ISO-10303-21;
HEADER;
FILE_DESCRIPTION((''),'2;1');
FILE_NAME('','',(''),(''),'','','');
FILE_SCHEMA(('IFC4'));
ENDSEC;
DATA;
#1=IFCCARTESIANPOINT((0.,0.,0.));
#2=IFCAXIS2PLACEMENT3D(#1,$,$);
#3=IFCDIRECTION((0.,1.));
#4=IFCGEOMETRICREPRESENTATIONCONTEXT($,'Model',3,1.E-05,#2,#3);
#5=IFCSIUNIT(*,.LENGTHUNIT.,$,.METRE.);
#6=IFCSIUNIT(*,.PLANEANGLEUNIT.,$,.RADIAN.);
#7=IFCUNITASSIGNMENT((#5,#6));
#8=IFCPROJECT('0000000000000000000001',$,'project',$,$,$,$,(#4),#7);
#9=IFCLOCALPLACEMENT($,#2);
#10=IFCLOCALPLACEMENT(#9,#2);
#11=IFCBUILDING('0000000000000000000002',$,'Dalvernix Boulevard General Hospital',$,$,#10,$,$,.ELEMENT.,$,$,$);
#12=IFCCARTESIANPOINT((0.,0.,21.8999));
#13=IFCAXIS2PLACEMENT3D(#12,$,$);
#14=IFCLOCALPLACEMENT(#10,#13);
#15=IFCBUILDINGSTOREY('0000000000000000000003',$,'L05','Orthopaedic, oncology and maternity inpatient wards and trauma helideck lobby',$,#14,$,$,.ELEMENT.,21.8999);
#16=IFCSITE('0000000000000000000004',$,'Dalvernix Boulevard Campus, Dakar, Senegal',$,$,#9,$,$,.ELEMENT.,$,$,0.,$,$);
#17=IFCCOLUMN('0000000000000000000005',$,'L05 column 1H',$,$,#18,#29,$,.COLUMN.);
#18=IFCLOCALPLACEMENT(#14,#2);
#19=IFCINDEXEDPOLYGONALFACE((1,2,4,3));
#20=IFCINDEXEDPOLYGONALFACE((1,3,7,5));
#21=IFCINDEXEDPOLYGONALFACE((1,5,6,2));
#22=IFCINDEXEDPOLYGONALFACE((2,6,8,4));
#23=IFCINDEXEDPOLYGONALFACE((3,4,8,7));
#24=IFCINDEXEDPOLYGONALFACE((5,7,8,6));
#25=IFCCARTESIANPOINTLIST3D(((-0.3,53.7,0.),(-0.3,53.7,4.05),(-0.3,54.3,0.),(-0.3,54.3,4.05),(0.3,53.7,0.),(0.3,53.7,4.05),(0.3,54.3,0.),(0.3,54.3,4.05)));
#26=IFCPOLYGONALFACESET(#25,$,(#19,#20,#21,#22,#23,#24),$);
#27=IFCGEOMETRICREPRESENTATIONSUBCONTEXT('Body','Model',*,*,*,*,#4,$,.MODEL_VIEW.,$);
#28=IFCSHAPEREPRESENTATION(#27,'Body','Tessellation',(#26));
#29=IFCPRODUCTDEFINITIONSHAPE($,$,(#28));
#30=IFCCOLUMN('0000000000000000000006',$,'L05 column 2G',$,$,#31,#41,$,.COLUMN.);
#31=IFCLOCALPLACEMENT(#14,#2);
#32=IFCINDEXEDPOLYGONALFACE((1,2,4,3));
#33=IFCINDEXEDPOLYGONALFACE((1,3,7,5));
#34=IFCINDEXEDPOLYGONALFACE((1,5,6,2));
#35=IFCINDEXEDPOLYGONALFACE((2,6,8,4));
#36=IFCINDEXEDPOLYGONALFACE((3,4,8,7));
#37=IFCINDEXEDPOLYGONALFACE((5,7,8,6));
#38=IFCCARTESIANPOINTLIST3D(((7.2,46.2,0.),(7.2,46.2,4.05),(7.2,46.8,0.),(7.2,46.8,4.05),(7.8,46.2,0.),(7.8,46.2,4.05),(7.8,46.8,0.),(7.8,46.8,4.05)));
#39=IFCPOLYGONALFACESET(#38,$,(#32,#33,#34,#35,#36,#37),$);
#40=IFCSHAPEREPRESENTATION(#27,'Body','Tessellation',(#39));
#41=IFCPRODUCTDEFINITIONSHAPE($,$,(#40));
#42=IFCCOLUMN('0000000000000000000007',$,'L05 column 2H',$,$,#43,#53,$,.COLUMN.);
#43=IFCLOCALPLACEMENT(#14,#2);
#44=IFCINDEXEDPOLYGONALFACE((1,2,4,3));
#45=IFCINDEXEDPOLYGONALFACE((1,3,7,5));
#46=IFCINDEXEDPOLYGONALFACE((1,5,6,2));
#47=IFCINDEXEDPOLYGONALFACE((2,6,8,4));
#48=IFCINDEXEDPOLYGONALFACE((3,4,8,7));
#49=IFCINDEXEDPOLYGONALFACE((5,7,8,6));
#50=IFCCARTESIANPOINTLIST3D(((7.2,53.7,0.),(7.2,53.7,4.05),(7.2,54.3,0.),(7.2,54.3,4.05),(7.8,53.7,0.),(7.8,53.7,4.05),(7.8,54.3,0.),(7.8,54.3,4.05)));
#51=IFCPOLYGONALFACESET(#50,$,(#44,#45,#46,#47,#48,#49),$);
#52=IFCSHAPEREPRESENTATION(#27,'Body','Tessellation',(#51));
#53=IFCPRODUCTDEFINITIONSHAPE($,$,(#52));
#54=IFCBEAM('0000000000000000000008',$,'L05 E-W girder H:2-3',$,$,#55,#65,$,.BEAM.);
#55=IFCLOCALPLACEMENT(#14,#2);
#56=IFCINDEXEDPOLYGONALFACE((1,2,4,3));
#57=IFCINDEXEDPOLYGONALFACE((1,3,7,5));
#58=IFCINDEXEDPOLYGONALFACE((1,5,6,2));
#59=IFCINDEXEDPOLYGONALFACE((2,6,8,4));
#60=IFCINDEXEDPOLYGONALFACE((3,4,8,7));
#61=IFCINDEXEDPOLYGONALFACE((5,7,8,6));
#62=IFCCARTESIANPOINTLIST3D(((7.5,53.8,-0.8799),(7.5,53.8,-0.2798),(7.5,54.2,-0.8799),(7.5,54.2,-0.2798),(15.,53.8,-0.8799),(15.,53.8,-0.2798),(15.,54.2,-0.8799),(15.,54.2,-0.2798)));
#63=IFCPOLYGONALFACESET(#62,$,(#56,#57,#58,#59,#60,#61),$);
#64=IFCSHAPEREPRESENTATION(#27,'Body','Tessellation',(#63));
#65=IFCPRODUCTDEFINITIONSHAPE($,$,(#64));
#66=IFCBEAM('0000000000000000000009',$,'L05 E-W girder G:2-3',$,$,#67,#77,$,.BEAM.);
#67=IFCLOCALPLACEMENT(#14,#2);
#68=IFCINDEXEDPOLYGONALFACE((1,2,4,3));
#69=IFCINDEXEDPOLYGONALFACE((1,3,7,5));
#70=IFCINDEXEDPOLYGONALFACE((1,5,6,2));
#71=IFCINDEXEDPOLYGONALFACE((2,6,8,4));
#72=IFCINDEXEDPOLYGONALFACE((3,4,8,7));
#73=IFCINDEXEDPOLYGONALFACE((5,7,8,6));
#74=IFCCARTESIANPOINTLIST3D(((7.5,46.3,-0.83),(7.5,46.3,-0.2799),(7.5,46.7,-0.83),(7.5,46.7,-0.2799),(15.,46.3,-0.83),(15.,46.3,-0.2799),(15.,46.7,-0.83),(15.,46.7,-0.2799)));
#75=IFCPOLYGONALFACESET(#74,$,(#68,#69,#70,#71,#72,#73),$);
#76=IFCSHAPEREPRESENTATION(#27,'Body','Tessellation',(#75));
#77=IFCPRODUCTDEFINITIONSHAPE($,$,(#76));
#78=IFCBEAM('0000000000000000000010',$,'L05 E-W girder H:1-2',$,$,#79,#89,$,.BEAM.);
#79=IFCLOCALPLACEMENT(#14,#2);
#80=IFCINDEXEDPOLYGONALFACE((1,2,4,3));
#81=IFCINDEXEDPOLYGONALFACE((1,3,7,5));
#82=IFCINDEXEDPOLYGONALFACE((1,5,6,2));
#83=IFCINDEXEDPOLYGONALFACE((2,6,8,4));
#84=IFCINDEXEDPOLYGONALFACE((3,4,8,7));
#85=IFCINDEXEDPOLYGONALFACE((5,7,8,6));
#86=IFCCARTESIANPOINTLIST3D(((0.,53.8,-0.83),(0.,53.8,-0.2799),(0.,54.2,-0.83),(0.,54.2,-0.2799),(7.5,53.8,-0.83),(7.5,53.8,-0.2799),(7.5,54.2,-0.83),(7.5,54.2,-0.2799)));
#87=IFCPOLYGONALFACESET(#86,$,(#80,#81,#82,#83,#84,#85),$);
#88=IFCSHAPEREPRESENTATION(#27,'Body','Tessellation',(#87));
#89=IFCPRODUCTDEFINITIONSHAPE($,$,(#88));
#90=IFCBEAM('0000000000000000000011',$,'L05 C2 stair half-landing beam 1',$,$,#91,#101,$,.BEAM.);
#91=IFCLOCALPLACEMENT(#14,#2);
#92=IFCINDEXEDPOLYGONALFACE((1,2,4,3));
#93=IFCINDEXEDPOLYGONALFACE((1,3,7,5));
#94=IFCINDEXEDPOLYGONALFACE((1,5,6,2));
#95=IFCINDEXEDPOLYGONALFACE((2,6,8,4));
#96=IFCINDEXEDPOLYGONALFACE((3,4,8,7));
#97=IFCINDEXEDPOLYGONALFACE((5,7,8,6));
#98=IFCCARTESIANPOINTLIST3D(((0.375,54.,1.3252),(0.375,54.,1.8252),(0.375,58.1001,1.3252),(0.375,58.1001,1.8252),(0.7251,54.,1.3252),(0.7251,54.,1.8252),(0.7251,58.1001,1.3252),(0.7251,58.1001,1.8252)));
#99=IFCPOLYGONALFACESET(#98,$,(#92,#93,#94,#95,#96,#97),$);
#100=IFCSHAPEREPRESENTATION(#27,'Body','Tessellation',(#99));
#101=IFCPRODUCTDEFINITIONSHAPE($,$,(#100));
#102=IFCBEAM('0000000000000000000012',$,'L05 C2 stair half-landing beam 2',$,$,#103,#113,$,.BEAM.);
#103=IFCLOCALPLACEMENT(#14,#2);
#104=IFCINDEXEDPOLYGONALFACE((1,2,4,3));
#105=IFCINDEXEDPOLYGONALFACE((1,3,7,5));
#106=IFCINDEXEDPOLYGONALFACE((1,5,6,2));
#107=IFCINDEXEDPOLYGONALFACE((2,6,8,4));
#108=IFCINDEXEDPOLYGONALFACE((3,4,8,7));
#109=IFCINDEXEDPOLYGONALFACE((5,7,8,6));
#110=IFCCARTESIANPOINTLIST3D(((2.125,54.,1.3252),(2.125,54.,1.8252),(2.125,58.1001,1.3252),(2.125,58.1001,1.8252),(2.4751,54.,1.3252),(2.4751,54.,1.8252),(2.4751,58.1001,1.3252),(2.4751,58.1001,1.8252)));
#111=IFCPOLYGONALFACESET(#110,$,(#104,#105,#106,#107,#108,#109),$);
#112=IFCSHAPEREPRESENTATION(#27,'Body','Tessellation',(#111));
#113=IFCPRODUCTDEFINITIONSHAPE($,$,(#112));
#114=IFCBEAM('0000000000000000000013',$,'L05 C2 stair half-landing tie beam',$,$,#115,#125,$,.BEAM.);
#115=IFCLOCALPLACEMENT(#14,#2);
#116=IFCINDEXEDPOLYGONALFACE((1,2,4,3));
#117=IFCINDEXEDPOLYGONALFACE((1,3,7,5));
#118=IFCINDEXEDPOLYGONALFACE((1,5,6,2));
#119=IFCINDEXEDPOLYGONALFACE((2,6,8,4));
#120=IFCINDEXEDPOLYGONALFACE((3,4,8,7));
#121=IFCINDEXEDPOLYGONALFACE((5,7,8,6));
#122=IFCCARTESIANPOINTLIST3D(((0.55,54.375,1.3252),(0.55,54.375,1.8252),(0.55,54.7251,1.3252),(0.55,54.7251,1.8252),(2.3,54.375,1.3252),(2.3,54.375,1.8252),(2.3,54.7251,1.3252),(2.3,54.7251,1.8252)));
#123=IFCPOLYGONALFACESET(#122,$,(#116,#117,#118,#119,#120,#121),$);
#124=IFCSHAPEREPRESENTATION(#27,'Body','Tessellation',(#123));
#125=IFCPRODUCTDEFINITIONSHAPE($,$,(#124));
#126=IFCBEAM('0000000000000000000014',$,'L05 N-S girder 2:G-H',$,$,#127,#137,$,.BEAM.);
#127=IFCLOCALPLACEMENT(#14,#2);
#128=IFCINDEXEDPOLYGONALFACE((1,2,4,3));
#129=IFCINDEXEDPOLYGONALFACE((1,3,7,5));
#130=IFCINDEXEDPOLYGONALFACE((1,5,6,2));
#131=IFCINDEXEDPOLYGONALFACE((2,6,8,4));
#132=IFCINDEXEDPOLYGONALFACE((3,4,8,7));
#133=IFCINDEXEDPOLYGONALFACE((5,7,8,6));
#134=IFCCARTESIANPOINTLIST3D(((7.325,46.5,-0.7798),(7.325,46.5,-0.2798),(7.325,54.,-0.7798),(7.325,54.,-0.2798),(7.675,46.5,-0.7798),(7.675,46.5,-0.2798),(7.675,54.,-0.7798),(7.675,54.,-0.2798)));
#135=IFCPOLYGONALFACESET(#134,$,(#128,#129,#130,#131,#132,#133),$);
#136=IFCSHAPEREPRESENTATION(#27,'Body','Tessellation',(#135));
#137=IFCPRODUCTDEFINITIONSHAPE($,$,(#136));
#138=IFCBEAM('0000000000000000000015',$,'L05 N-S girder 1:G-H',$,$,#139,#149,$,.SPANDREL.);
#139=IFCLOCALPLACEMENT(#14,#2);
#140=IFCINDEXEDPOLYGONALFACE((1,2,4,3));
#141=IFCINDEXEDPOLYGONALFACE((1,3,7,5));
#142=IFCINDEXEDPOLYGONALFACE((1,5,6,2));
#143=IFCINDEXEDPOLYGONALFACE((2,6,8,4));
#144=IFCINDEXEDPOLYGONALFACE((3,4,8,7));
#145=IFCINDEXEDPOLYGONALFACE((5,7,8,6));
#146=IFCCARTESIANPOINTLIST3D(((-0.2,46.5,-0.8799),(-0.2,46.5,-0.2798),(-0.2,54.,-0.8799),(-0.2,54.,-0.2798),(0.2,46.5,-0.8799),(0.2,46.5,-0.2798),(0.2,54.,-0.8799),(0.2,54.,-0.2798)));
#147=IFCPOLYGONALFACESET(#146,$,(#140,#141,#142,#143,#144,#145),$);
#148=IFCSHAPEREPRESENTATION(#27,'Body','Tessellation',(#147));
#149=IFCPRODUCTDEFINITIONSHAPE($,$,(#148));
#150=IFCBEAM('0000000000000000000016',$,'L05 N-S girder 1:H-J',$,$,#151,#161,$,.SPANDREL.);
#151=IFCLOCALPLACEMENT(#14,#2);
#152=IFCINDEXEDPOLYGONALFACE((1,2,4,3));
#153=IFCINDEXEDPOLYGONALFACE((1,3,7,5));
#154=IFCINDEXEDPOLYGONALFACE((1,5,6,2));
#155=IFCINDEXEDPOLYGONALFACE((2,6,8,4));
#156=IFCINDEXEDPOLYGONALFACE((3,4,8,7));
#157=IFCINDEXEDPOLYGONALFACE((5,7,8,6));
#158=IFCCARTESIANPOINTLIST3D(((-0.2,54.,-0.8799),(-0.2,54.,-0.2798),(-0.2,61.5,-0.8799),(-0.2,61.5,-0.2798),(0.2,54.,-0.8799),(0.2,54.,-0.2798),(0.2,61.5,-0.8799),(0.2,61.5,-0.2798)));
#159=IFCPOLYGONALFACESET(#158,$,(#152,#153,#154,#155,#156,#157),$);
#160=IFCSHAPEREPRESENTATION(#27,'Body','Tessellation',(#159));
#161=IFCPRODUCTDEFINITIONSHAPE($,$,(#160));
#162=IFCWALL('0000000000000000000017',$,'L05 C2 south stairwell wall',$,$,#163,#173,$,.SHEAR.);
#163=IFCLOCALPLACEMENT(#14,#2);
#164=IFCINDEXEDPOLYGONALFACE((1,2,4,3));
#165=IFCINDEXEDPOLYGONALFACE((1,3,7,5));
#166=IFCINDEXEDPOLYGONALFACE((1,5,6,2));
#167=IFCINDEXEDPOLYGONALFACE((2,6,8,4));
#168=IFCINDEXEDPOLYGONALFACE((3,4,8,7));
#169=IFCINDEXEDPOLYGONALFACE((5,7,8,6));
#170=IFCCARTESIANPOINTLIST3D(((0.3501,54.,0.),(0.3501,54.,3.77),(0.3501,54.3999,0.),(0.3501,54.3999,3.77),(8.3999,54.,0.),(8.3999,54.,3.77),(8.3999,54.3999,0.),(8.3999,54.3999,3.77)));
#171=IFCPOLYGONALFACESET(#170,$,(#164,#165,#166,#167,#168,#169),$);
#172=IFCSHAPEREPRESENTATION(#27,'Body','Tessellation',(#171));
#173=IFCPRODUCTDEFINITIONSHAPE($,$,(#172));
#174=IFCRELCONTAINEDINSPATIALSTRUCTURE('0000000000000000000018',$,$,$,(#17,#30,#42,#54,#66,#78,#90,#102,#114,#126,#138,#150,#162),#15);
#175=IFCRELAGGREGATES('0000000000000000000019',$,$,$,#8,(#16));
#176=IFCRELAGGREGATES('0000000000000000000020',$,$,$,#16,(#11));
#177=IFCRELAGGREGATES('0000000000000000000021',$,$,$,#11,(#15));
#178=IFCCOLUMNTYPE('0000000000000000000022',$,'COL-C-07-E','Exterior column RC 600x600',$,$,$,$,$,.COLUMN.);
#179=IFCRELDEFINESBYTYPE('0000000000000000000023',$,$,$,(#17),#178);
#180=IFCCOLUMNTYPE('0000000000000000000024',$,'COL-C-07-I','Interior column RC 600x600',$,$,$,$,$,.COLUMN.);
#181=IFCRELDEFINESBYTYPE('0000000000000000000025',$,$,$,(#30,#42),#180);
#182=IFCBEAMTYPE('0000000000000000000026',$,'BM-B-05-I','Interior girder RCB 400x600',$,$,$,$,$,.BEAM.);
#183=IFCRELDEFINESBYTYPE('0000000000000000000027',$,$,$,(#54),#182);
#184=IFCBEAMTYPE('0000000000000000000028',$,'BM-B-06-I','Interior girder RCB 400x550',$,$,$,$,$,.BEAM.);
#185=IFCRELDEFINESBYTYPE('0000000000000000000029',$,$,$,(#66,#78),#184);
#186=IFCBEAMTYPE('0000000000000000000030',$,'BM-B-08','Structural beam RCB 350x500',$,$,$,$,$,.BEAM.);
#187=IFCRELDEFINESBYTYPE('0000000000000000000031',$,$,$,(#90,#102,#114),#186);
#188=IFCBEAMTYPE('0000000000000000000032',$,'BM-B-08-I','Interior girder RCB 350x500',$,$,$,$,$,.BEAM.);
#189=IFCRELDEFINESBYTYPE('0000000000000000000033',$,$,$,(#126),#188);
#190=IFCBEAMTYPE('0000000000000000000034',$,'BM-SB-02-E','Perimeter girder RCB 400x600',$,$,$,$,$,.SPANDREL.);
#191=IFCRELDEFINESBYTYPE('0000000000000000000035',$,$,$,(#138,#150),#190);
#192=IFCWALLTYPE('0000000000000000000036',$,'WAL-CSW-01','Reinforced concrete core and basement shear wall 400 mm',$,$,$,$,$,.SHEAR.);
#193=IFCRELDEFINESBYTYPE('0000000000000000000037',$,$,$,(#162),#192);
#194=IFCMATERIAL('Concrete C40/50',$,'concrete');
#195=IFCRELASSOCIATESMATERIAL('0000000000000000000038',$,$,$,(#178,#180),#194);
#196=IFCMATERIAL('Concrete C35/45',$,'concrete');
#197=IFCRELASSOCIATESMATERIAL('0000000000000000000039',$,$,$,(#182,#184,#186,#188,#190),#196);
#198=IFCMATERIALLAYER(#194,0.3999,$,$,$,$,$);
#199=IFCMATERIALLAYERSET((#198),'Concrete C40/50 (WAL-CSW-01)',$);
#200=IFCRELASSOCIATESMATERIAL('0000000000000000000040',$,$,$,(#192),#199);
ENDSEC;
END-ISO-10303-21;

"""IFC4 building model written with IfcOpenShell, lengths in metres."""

from ifc_helpers import new_model, si_unit, direction, frame, frame_2d, origin, origin_2d, place, context, subcontext, project, spatial, rectangle, extrude, material, layer, layer_set, material_profile, profile_set, type_object, element, save


model = new_model("IFC4")

# Units and contexts
model_context = context("Model", 3, precision=1e-05, world=origin(), true_north=direction((0.0, 1.0)))
body_context = subcontext(model_context, "Body", "Model", "MODEL_VIEW")
ifc_project = project(units=[si_unit("LENGTHUNIT", "METRE"), si_unit("PLANEANGLEUNIT", "RADIAN")], contexts=[model_context])

# Site, building, storey
site_placement = place(None, origin())
site = spatial("IfcSite", under=ifc_project, at=site_placement, Name="Dalvernix Boulevard Campus, Dakar, Senegal", CompositionType="ELEMENT", RefElevation=0.0)
building_placement = place(site_placement, origin())
building = spatial("IfcBuilding", under=site, at=building_placement, Name="Dalvernix Boulevard General Hospital", CompositionType="ELEMENT")
storey_placement = place(building_placement, frame((0.0, 0.0, 21.8999)))
storey = spatial("IfcBuildingStorey", under=building, at=storey_placement, Name="L05", Description="Orthopaedic, oncology and maternity inpatient wards and trauma helideck lobby", CompositionType="ELEMENT", Elevation=21.8999)

# Columns
ifc_material_1 = material(Name="Concrete C40/50", Category="concrete")
ifc_material_profile_1 = material_profile(ifc_material_1, rectangle(XDim=0.6001, YDim=0.6001, at=origin_2d()), Name="RC 600x600")
ifc_profile_set_1 = profile_set([ifc_material_profile_1], Name="Concrete C40/50")
column_type_1 = type_object("IfcColumnType", Name="COL-C-07-E", Description="Exterior column RC 600x600", PredefinedType="COLUMN", material=ifc_profile_set_1)
column_placement = place(storey_placement, frame((0.0, 54.0, 0.0), z_axis=(0.0, 0.0, 1.0), x_axis=(1.0, 0.0, 0.0)))
element("IfcColumn", 1, at=column_placement, inside=storey, type_object=column_type_1, Name="L05 column 1H", PredefinedType="COLUMN", context=body_context, shape_type="SweptSolid", body=[
    extrude(rectangle(XDim=0.6001, YDim=0.6001, at=origin_2d()), origin(), (0.0, 0.0, 1.0), 4.05),
])
ifc_material_profile_2 = material_profile(ifc_material_1, rectangle(XDim=0.6001, YDim=0.6001, at=origin_2d()), Name="RC 600x600")
ifc_profile_set_2 = profile_set([ifc_material_profile_2], Name="Concrete C40/50")
column_type_2 = type_object("IfcColumnType", Name="COL-C-07-I", Description="Interior column RC 600x600", PredefinedType="COLUMN", material=ifc_profile_set_2)
for number, where, z_axis, x_axis, name in (
    (2, (7.5, 46.5, 0.0), (0.0, 0.0, 1.0), (1.0, 0.0, 0.0), "L05 column 2G"),
    (3, (7.5, 54.0, 0.0), (0.0, 0.0, 1.0), (1.0, 0.0, 0.0), "L05 column 2H"),
):
    element("IfcColumn", number, at=place(storey_placement, frame(where, z_axis=z_axis, x_axis=x_axis)), inside=storey, type_object=column_type_2, Name=name, PredefinedType="COLUMN", context=body_context, shape_type="SweptSolid", body=[
        extrude(rectangle(XDim=0.6001, YDim=0.6001, at=origin_2d()), origin(), (0.0, 0.0, 1.0), 4.05),
    ])

# Beams
ifc_material_2 = material(Name="Concrete C35/45", Category="concrete")
ifc_material_profile_3 = material_profile(ifc_material_2, rectangle(XDim=0.3999, YDim=0.6001, at=origin_2d()), Name="RCB 400x600")
ifc_profile_set_3 = profile_set([ifc_material_profile_3], Name="Concrete C35/45")
beam_type_1 = type_object("IfcBeamType", Name="BM-B-05-I", Description="Interior girder RCB 400x600", PredefinedType="BEAM", material=ifc_profile_set_3)
beam_1_placement = place(storey_placement, frame((7.5, 54.0, -0.5798), z_axis=(1.0, 0.0, 0.0), x_axis=(0.0, 1.0, 0.0)))
element("IfcBeam", 4, at=beam_1_placement, inside=storey, type_object=beam_type_1, Name="L05 E-W girder H:2-3", PredefinedType="BEAM", context=body_context, shape_type="SweptSolid", body=[
    extrude(rectangle(XDim=0.3999, YDim=0.6001, at=origin_2d()), origin(), (0.0, 0.0, 1.0), 7.5),
])
ifc_material_profile_4 = material_profile(ifc_material_2, rectangle(XDim=0.3999, YDim=0.55, at=origin_2d()), Name="RCB 400x550")
ifc_profile_set_4 = profile_set([ifc_material_profile_4], Name="Concrete C35/45")
beam_type_2 = type_object("IfcBeamType", Name="BM-B-06-I", Description="Interior girder RCB 400x550", PredefinedType="BEAM", material=ifc_profile_set_4)
for number, where, z_axis, x_axis, name in (
    (5, (7.5, 46.5, -0.5549), (1.0, 0.0, 0.0), (0.0, 1.0, 0.0), "L05 E-W girder G:2-3"),
    (6, (0.0, 54.0, -0.5549), (1.0, 0.0, 0.0), (0.0, 1.0, 0.0), "L05 E-W girder H:1-2"),
):
    element("IfcBeam", number, at=place(storey_placement, frame(where, z_axis=z_axis, x_axis=x_axis)), inside=storey, type_object=beam_type_2, Name=name, PredefinedType="BEAM", context=body_context, shape_type="SweptSolid", body=[
        extrude(rectangle(XDim=0.3999, YDim=0.55, at=origin_2d()), origin(), (0.0, 0.0, 1.0), 7.5),
    ])
ifc_material_profile_5 = material_profile(ifc_material_2, rectangle(XDim=0.3501, YDim=0.5, at=origin_2d()), Name="RCB 350x500")
ifc_profile_set_5 = profile_set([ifc_material_profile_5], Name="Concrete C35/45")
beam_type_3 = type_object("IfcBeamType", Name="BM-B-08", Description="Structural beam RCB 350x500", PredefinedType="BEAM", material=ifc_profile_set_5)
for number, where, z_axis, x_axis, name in (
    (7, (0.55, 54.0, 1.5752), (0.0, 1.0, 0.0), (-1.0, 0.0, 0.0), "L05 C2 stair half-landing beam 1"),
    (8, (2.3, 54.0, 1.5752), (0.0, 1.0, 0.0), (-1.0, 0.0, 0.0), "L05 C2 stair half-landing beam 2"),
):
    element("IfcBeam", number, at=place(storey_placement, frame(where, z_axis=z_axis, x_axis=x_axis)), inside=storey, type_object=beam_type_3, Name=name, PredefinedType="BEAM", context=body_context, shape_type="SweptSolid", body=[
        extrude(rectangle(XDim=0.3501, YDim=0.5, at=origin_2d()), origin(), (0.0, 0.0, 1.0), 4.1001),
    ])
beam_2_placement = place(storey_placement, frame((0.55, 54.55, 1.5752), z_axis=(1.0, 0.0, 0.0), x_axis=(0.0, 1.0, 0.0)))
element("IfcBeam", 9, at=beam_2_placement, inside=storey, type_object=beam_type_3, Name="L05 C2 stair half-landing tie beam", PredefinedType="BEAM", context=body_context, shape_type="SweptSolid", body=[
    extrude(rectangle(XDim=0.3501, YDim=0.5, at=origin_2d()), origin(), (0.0, 0.0, 1.0), 1.75),
])
ifc_material_profile_6 = material_profile(ifc_material_2, rectangle(XDim=0.3501, YDim=0.5, at=origin_2d()), Name="RCB 350x500")
ifc_profile_set_6 = profile_set([ifc_material_profile_6], Name="Concrete C35/45")
beam_type_4 = type_object("IfcBeamType", Name="BM-B-08-I", Description="Interior girder RCB 350x500", PredefinedType="BEAM", material=ifc_profile_set_6)
beam_3_placement = place(storey_placement, frame((7.5, 46.5, -0.5298), z_axis=(0.0, 1.0, 0.0), x_axis=(-1.0, 0.0, 0.0)))
element("IfcBeam", 10, at=beam_3_placement, inside=storey, type_object=beam_type_4, Name="L05 N-S girder 2:G-H", PredefinedType="BEAM", context=body_context, shape_type="SweptSolid", body=[
    extrude(rectangle(XDim=0.3501, YDim=0.5, at=origin_2d()), origin(), (0.0, 0.0, 1.0), 7.5),
])
ifc_material_profile_7 = material_profile(ifc_material_2, rectangle(XDim=0.3999, YDim=0.6001, at=origin_2d()), Name="RCB 400x600")
ifc_profile_set_7 = profile_set([ifc_material_profile_7], Name="Concrete C35/45")
beam_type_5 = type_object("IfcBeamType", Name="BM-SB-02-E", Description="Perimeter girder RCB 400x600", PredefinedType="SPANDREL", material=ifc_profile_set_7)
for number, where, z_axis, x_axis, name in (
    (11, (0.0, 46.5, -0.5798), (0.0, 1.0, 0.0), (-1.0, 0.0, 0.0), "L05 N-S girder 1:G-H"),
    (12, (0.0, 54.0, -0.5798), (0.0, 1.0, 0.0), (-1.0, 0.0, 0.0), "L05 N-S girder 1:H-J"),
):
    element("IfcBeam", number, at=place(storey_placement, frame(where, z_axis=z_axis, x_axis=x_axis)), inside=storey, type_object=beam_type_5, Name=name, PredefinedType="SPANDREL", context=body_context, shape_type="SweptSolid", body=[
        extrude(rectangle(XDim=0.3999, YDim=0.6001, at=origin_2d()), origin(), (0.0, 0.0, 1.0), 7.5),
    ])

# Wall
ifc_layer_1 = layer(ifc_material_1, 0.3999)
ifc_layer_set_1 = layer_set([ifc_layer_1], Name="Concrete C40/50 (WAL-CSW-01)")
wall_type_1 = type_object("IfcWallType", Name="WAL-CSW-01", Description="Reinforced concrete core and basement shear wall 400 mm", PredefinedType="SHEAR", material=ifc_layer_set_1)
wall_1_placement = place(storey_placement, frame((0.3501, 54.2, 0.0), z_axis=(0.0, 0.0, 1.0), x_axis=(1.0, 0.0, 0.0)))
element("IfcWall", 13, at=wall_1_placement, inside=storey, type_object=wall_type_1, Name="L05 C2 south stairwell wall", PredefinedType="SHEAR", context=body_context, shape_type="SweptSolid", body=[
    extrude(rectangle(XDim=8.0498, YDim=0.3999, at=frame_2d((4.0249, 0.0))), origin(), (0.0, 0.0, 1.0), 3.77),
])

save(model, "model.ifc")
